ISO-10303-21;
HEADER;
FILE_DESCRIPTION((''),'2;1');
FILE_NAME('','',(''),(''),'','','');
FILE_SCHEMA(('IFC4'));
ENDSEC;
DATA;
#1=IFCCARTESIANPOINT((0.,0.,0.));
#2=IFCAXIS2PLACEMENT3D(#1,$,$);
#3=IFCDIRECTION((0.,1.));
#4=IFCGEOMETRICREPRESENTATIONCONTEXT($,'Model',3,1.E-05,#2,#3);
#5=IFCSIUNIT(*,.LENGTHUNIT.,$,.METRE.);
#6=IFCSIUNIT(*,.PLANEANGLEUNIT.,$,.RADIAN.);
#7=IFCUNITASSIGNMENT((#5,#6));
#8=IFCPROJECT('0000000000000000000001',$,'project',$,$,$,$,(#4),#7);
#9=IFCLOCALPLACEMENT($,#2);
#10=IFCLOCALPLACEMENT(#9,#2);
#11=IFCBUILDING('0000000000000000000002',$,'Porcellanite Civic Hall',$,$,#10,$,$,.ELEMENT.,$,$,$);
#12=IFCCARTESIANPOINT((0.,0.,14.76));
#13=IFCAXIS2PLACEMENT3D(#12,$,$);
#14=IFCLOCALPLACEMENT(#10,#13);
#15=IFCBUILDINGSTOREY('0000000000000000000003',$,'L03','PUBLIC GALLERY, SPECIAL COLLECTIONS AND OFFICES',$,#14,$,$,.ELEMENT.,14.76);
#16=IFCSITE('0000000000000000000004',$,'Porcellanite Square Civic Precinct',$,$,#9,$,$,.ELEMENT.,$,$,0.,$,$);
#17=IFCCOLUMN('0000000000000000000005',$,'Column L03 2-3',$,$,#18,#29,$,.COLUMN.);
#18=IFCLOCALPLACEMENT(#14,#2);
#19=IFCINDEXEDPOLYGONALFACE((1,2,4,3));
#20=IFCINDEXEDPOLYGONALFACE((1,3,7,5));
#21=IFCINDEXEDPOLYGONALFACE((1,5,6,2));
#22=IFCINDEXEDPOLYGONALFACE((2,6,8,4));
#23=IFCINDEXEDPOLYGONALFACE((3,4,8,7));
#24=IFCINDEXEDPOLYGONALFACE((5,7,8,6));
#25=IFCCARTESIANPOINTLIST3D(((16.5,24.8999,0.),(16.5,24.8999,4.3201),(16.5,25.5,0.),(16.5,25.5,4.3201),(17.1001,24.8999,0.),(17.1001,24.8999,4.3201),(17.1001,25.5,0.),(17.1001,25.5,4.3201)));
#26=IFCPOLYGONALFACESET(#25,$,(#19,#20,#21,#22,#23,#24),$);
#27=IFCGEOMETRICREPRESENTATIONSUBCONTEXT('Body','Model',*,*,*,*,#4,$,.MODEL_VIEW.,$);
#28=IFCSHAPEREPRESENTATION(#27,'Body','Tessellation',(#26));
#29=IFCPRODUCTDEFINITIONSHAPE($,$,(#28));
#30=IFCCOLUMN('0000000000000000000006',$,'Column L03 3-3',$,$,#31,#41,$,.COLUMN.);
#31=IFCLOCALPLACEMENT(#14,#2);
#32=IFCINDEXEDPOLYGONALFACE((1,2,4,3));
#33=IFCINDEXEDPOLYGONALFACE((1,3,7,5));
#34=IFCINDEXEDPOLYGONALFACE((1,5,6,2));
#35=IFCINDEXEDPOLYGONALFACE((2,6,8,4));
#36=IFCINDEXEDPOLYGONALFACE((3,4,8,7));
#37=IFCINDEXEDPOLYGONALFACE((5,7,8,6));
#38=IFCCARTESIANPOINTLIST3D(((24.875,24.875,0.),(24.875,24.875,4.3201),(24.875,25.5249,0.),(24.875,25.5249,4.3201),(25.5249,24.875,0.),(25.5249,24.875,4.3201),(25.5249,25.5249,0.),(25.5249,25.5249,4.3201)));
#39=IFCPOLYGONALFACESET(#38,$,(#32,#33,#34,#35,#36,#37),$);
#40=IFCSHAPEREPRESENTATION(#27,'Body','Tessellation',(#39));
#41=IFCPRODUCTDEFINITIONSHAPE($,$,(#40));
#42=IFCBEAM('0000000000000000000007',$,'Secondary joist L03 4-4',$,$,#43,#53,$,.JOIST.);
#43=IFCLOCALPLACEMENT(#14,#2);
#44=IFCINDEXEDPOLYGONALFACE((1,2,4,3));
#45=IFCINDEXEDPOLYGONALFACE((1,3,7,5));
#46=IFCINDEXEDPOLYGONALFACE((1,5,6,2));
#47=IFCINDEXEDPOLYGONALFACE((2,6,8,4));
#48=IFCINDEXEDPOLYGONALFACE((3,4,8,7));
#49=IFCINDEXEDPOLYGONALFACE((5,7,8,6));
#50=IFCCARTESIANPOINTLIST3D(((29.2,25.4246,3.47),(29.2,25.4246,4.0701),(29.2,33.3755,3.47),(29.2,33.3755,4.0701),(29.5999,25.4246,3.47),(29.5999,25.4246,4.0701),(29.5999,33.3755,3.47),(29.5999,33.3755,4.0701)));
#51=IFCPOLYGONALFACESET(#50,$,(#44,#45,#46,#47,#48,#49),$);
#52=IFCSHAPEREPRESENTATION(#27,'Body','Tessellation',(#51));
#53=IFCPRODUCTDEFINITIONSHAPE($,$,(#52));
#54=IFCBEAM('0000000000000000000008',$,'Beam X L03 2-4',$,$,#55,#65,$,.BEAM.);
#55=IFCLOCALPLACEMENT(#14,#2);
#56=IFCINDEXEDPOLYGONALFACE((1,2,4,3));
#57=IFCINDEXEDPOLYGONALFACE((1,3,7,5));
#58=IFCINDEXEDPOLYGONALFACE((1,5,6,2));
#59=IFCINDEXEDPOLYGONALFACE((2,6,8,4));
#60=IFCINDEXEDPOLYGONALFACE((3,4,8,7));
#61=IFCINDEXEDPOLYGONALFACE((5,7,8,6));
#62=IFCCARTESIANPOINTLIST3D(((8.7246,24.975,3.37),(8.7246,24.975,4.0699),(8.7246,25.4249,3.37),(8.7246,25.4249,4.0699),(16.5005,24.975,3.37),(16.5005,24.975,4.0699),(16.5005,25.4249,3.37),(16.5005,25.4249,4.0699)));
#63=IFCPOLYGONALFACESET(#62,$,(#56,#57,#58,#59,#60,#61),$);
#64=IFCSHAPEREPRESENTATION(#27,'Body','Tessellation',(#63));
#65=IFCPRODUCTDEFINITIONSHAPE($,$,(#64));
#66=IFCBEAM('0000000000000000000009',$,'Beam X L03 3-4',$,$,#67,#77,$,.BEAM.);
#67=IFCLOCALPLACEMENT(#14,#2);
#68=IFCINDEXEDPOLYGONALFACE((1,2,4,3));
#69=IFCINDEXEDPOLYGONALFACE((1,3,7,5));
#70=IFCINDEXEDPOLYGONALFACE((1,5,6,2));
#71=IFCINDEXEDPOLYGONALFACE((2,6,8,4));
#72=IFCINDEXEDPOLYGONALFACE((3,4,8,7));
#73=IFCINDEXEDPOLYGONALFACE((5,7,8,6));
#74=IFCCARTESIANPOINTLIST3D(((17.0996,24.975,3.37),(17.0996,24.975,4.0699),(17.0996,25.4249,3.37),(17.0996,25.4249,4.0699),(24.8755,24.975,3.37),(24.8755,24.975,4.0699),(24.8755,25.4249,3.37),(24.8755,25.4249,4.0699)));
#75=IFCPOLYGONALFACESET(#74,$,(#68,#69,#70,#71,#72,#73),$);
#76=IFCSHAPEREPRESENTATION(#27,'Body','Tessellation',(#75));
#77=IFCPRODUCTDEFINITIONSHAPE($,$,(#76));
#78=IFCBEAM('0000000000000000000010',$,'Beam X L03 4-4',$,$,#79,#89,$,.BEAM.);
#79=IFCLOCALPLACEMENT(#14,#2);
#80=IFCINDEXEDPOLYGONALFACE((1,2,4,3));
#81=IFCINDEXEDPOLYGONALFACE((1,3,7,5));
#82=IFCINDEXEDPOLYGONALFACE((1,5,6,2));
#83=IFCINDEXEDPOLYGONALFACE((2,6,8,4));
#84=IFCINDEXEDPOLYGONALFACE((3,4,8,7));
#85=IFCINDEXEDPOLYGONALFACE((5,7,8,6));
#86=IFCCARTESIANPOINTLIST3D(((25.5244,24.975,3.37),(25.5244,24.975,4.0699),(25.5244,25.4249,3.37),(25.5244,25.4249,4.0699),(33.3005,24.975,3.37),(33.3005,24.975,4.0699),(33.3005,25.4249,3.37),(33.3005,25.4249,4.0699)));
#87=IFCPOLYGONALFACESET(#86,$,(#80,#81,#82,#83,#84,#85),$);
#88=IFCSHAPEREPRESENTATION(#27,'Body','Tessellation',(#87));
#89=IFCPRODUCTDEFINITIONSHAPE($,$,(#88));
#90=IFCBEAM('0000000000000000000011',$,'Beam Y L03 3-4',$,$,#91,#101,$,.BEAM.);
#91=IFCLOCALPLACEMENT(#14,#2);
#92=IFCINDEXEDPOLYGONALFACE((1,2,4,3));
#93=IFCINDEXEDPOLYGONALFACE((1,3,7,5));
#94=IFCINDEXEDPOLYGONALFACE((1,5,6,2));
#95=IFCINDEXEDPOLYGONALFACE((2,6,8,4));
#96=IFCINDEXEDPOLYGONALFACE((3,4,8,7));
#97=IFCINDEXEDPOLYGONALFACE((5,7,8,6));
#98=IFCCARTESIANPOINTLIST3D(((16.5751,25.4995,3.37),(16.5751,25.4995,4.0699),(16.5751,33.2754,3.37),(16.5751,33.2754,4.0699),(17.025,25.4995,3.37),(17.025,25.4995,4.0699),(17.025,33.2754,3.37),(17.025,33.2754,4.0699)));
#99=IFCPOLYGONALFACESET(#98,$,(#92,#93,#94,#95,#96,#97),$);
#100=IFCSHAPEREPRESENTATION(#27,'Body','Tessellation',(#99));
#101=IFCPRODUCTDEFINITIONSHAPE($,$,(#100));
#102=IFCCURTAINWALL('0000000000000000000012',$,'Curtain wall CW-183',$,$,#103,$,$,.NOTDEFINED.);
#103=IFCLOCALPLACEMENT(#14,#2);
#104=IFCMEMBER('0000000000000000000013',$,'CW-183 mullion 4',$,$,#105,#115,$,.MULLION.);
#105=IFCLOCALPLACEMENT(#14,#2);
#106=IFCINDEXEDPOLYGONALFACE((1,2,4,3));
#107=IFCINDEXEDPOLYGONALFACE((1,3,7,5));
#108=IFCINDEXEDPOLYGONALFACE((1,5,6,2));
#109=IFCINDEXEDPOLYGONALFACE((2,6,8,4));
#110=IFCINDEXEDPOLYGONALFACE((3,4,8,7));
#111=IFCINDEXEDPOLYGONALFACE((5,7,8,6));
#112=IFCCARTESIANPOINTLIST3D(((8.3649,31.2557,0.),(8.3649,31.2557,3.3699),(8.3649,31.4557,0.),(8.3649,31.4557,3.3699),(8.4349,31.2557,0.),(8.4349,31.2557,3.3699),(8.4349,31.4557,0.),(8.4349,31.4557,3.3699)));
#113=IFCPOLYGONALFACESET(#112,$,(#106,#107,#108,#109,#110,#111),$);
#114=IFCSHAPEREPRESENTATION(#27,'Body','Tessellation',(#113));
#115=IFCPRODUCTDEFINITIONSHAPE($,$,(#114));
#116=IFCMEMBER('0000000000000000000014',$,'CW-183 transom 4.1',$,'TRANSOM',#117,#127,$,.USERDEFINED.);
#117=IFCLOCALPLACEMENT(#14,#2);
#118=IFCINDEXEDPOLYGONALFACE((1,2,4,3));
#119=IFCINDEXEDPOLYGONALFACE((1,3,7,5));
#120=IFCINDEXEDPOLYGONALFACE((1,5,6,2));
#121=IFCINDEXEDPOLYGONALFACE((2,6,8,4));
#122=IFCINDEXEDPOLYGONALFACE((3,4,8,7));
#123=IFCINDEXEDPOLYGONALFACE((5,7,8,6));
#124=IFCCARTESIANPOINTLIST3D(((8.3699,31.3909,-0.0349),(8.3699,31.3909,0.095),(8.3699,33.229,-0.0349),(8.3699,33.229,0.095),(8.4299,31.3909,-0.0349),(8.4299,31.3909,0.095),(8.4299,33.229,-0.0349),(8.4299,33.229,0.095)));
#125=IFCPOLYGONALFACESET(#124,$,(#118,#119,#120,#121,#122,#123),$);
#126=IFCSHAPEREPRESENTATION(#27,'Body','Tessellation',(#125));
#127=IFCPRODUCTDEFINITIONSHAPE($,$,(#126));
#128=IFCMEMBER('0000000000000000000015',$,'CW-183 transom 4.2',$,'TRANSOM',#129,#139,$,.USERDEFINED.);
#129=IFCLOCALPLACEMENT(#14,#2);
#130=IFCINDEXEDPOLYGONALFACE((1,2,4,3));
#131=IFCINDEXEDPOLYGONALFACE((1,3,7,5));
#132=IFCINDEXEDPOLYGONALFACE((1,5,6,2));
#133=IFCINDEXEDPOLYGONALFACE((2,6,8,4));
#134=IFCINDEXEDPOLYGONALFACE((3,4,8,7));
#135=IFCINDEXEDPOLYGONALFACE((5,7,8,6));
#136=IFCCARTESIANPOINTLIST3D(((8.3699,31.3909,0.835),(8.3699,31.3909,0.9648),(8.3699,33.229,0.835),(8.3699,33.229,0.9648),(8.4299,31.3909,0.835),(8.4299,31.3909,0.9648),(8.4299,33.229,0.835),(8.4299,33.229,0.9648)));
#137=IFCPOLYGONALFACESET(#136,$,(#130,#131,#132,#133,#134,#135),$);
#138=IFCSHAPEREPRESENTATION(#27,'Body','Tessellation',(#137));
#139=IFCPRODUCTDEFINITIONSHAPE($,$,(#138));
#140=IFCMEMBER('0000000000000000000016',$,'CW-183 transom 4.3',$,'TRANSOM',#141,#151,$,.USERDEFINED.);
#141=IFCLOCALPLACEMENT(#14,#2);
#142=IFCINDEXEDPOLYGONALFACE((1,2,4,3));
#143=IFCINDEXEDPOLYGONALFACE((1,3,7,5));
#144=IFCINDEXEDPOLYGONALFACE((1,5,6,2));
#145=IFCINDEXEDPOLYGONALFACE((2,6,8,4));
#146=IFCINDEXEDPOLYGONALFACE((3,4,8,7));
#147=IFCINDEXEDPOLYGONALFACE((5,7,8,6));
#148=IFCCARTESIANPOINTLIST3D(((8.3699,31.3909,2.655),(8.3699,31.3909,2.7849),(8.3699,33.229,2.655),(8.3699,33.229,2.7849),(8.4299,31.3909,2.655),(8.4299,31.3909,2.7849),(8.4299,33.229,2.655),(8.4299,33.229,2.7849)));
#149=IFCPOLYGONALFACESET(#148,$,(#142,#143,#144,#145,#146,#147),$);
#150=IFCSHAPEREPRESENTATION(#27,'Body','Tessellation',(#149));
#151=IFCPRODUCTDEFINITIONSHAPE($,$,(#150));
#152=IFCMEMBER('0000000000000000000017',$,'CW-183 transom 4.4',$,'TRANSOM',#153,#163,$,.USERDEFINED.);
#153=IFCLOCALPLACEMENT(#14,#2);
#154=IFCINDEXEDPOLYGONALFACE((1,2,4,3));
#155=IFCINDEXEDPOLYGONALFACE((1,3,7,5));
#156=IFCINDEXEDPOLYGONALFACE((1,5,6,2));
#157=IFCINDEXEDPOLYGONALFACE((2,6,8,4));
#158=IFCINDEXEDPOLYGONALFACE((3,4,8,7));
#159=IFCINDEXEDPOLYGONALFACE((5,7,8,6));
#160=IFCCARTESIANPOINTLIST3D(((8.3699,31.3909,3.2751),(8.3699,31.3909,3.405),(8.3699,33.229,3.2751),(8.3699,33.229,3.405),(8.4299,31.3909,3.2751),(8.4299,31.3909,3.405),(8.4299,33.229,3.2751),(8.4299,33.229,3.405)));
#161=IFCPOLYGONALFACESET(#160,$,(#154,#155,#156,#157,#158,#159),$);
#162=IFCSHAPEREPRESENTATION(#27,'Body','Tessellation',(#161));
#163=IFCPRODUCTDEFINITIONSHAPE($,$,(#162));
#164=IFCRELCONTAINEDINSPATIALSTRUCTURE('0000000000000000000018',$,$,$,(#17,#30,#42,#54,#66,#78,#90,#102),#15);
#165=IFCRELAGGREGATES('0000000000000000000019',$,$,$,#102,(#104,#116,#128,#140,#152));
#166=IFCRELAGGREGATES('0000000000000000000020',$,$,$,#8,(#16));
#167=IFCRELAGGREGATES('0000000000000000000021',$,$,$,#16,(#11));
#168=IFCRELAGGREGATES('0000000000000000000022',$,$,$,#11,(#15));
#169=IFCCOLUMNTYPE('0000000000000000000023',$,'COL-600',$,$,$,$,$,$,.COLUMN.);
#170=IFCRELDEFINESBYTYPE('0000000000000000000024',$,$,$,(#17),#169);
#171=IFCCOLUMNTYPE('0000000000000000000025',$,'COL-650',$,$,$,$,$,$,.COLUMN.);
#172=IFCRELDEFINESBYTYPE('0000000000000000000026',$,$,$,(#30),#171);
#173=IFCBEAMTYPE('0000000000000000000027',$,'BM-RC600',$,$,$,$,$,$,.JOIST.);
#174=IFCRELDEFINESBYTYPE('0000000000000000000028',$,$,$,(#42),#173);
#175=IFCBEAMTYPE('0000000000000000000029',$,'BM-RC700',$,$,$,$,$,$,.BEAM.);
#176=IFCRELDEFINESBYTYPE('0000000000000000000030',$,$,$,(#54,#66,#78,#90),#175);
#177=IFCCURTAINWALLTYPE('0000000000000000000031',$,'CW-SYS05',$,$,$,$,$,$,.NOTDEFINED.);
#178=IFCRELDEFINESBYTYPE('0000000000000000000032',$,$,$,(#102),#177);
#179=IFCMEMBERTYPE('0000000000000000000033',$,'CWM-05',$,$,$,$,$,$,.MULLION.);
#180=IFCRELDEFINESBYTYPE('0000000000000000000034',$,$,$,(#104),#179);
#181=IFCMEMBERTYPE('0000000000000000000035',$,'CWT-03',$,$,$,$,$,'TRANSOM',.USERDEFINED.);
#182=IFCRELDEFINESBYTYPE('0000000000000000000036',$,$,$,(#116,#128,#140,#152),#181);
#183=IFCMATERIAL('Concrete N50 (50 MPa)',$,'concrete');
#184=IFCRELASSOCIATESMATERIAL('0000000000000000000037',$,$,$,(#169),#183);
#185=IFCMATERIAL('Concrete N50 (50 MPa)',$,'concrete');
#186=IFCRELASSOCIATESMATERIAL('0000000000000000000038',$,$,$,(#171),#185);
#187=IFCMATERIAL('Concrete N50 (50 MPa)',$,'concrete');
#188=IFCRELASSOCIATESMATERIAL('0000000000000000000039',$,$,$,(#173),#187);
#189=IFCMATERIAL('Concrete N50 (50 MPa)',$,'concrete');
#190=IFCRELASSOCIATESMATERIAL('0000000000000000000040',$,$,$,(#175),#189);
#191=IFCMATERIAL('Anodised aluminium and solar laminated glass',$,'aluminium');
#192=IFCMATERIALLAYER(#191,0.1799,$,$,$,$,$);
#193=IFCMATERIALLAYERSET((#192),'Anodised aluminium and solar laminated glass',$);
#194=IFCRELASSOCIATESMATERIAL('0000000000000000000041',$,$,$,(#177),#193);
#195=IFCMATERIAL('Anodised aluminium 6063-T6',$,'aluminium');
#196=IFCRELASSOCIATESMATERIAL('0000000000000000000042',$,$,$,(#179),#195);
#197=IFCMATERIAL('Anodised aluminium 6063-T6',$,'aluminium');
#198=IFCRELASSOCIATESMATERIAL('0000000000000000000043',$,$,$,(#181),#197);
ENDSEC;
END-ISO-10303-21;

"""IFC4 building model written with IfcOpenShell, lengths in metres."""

from ifc_helpers import new_model, si_unit, direction, frame, origin, origin_2d, place, context, subcontext, project, spatial, rectangle, extrude, material, layer, layer_set, material_profile, profile_set, type_object, element, aggregate, save


model = new_model("IFC4")

# Units and contexts
model_context = context("Model", 3, precision=1e-05, world=origin(), true_north=direction((0.0, 1.0)))
body_context = subcontext(model_context, "Body", "Model", "MODEL_VIEW")
ifc_project = project(units=[si_unit("LENGTHUNIT", "METRE"), si_unit("PLANEANGLEUNIT", "RADIAN")], contexts=[model_context])

# Site, building, storey
site_placement = place(None, origin())
site = spatial("IfcSite", under=ifc_project, at=site_placement, Name="Porcellanite Square Civic Precinct", CompositionType="ELEMENT", RefElevation=0.0)
building_placement = place(site_placement, origin())
building = spatial("IfcBuilding", under=site, at=building_placement, Name="Porcellanite Civic Hall", CompositionType="ELEMENT")
storey_placement = place(building_placement, frame((0.0, 0.0, 14.76)))
storey = spatial("IfcBuildingStorey", under=building, at=storey_placement, Name="L03", Description="PUBLIC GALLERY, SPECIAL COLLECTIONS AND OFFICES", CompositionType="ELEMENT", Elevation=14.76)

# Columns
ifc_material_1 = material(Name="Concrete N50 (50 MPa)", Category="concrete")
ifc_material_profile_1 = material_profile(ifc_material_1, rectangle(XDim=0.6001, YDim=0.6001, at=origin_2d()), Name="RC-600x600")
ifc_profile_set_1 = profile_set([ifc_material_profile_1], Name="Concrete N50 (50 MPa)")
column_type_1 = type_object("IfcColumnType", Name="COL-600", PredefinedType="COLUMN", material=ifc_profile_set_1)
column_1_placement = place(storey_placement, frame((16.8, 25.2, 0.0), z_axis=(0.0, 0.0, 1.0), x_axis=(1.0, 0.0, 0.0)))
element("IfcColumn", 1, at=column_1_placement, inside=storey, type_object=column_type_1, Name="Column L03 2-3", PredefinedType="COLUMN", context=body_context, shape_type="SweptSolid", body=[
    extrude(rectangle(XDim=0.6001, YDim=0.6001, at=origin_2d()), origin(), (0.0, 0.0, 1.0), 4.3201),
])
ifc_material_2 = material(Name="Concrete N50 (50 MPa)", Category="concrete")
ifc_material_profile_2 = material_profile(ifc_material_2, rectangle(XDim=0.6499, YDim=0.6499, at=origin_2d()), Name="RC-650x650")
ifc_profile_set_2 = profile_set([ifc_material_profile_2], Name="Concrete N50 (50 MPa)")
column_type_2 = type_object("IfcColumnType", Name="COL-650", PredefinedType="COLUMN", material=ifc_profile_set_2)
column_2_placement = place(storey_placement, frame((25.2, 25.2, 0.0), z_axis=(0.0, 0.0, 1.0), x_axis=(1.0, 0.0, 0.0)))
element("IfcColumn", 2, at=column_2_placement, inside=storey, type_object=column_type_2, Name="Column L03 3-3", PredefinedType="COLUMN", context=body_context, shape_type="SweptSolid", body=[
    extrude(rectangle(XDim=0.6499, YDim=0.6499, at=origin_2d()), origin(), (0.0, 0.0, 1.0), 4.3201),
])

# Beams
ifc_material_3 = material(Name="Concrete N50 (50 MPa)", Category="concrete")
ifc_material_profile_3 = material_profile(ifc_material_3, rectangle(XDim=0.3999, YDim=0.6001, at=origin_2d()), Name="RC-400x600")
ifc_profile_set_3 = profile_set([ifc_material_profile_3], Name="Concrete N50 (50 MPa)")
beam_type_1 = type_object("IfcBeamType", Name="BM-RC600", PredefinedType="JOIST", material=ifc_profile_set_3)
beam_1_placement = place(storey_placement, frame((29.3999, 25.4246, 3.77), z_axis=(0.0, 1.0, 0.0), x_axis=(-1.0, 0.0, 0.0)))
element("IfcBeam", 3, at=beam_1_placement, inside=storey, type_object=beam_type_1, Name="Secondary joist L03 4-4", PredefinedType="JOIST", context=body_context, shape_type="SweptSolid", body=[
    extrude(rectangle(XDim=0.3999, YDim=0.6001, at=origin_2d()), origin(), (0.0, 0.0, 1.0), 7.9509),
])
ifc_material_4 = material(Name="Concrete N50 (50 MPa)", Category="concrete")
ifc_material_profile_4 = material_profile(ifc_material_4, rectangle(XDim=0.45, YDim=0.7, at=origin_2d()), Name="RC-450x700")
ifc_profile_set_4 = profile_set([ifc_material_profile_4], Name="Concrete N50 (50 MPa)")
beam_type_2 = type_object("IfcBeamType", Name="BM-RC700", PredefinedType="BEAM", material=ifc_profile_set_4)
for number, where, z_axis, x_axis, name in (
    (4, (8.7246, 25.2, 3.72), (1.0, 0.0, 0.0), (0.0, 1.0, 0.0), "Beam X L03 2-4"),
    (5, (17.0996, 25.2, 3.72), (1.0, 0.0, 0.0), (0.0, 1.0, 0.0), "Beam X L03 3-4"),
):
    element("IfcBeam", number, at=place(storey_placement, frame(where, z_axis=z_axis, x_axis=x_axis)), inside=storey, type_object=beam_type_2, Name=name, PredefinedType="BEAM", context=body_context, shape_type="SweptSolid", body=[
        extrude(rectangle(XDim=0.45, YDim=0.7, at=origin_2d()), origin(), (0.0, 0.0, 1.0), 7.7759),
    ])
beam_2_placement = place(storey_placement, frame((25.5244, 25.2, 3.72), z_axis=(1.0, 0.0, 0.0), x_axis=(0.0, 1.0, 0.0)))
element("IfcBeam", 6, at=beam_2_placement, inside=storey, type_object=beam_type_2, Name="Beam X L03 4-4", PredefinedType="BEAM", context=body_context, shape_type="SweptSolid", body=[
    extrude(rectangle(XDim=0.45, YDim=0.7, at=origin_2d()), origin(), (0.0, 0.0, 1.0), 7.7761),
])
beam_3_placement = place(storey_placement, frame((16.8, 25.4995, 3.72), z_axis=(0.0, 1.0, 0.0), x_axis=(-1.0, 0.0, 0.0)))
element("IfcBeam", 7, at=beam_3_placement, inside=storey, type_object=beam_type_2, Name="Beam Y L03 3-4", PredefinedType="BEAM", context=body_context, shape_type="SweptSolid", body=[
    extrude(rectangle(XDim=0.45, YDim=0.7, at=origin_2d()), origin(), (0.0, 0.0, 1.0), 7.7759),
])

# Curtain wall, members
ifc_material_5 = material(Name="Anodised aluminium and solar laminated glass", Category="aluminium")
ifc_layer_1 = layer(ifc_material_5, 0.1799)
ifc_layer_set_1 = layer_set([ifc_layer_1], Name="Anodised aluminium and solar laminated glass")
curtain_wall_type = type_object("IfcCurtainWallType", Name="CW-SYS05", PredefinedType="NOTDEFINED", material=ifc_layer_set_1)
curtain_wall_placement = place(storey_placement, origin())
curtain_wall = element("IfcCurtainWall", 8, at=curtain_wall_placement, inside=storey, type_object=curtain_wall_type, Name="Curtain wall CW-183", PredefinedType="NOTDEFINED")
ifc_material_6 = material(Name="Anodised aluminium 6063-T6", Category="aluminium")
ifc_material_profile_5 = material_profile(ifc_material_6, rectangle(XDim=0.0701, YDim=0.2, at=origin_2d()), Name="AL-70x200")
ifc_profile_set_5 = profile_set([ifc_material_profile_5], Name="Anodised aluminium 6063-T6")
member_type_1 = type_object("IfcMemberType", Name="CWM-05", PredefinedType="MULLION", material=ifc_profile_set_5)
member_1_placement = place(storey_placement, frame((8.3999, 31.3557, 0.0), z_axis=(0.0, 0.0, 1.0), x_axis=(-1.0, 0.0, 0.0)))
member_1 = element("IfcMember", 9, at=member_1_placement, type_object=member_type_1, Name="CW-183 mullion 4", PredefinedType="MULLION", context=body_context, shape_type="SweptSolid", body=[
    extrude(rectangle(XDim=0.0701, YDim=0.2, at=origin_2d()), origin(), (0.0, 0.0, 1.0), 3.3699),
])
ifc_material_7 = material(Name="Anodised aluminium 6063-T6", Category="aluminium")
ifc_material_profile_6 = material_profile(ifc_material_7, rectangle(XDim=0.0601, YDim=0.1299, at=origin_2d()), Name="AL-60x130")
ifc_profile_set_6 = profile_set([ifc_material_profile_6], Name="Anodised aluminium 6063-T6")
member_type_2 = type_object("IfcMemberType", Name="CWT-03", ElementType="TRANSOM", PredefinedType="USERDEFINED", material=ifc_profile_set_6)
member_2_placement = place(storey_placement, frame((8.3999, 31.3909, 0.03), z_axis=(0.0, 1.0, 0.0), x_axis=(-1.0, 0.0, 0.0)))
member_2 = element("IfcMember", 10, at=member_2_placement, type_object=member_type_2, Name="CW-183 transom 4.1", ObjectType="TRANSOM", PredefinedType="USERDEFINED", context=body_context, shape_type="SweptSolid", body=[
    extrude(rectangle(XDim=0.0601, YDim=0.1299, at=origin_2d()), origin(), (0.0, 0.0, 1.0), 1.8381),
])
member_3_placement = place(storey_placement, frame((8.3999, 31.3909, 0.8999), z_axis=(0.0, 1.0, 0.0), x_axis=(-1.0, 0.0, 0.0)))
member_3 = element("IfcMember", 11, at=member_3_placement, type_object=member_type_2, Name="CW-183 transom 4.2", ObjectType="TRANSOM", PredefinedType="USERDEFINED", context=body_context, shape_type="SweptSolid", body=[
    extrude(rectangle(XDim=0.0601, YDim=0.1299, at=origin_2d()), origin(), (0.0, 0.0, 1.0), 1.8381),
])
member_4_placement = place(storey_placement, frame((8.3999, 31.3909, 2.72), z_axis=(0.0, 1.0, 0.0), x_axis=(-1.0, 0.0, 0.0)))
member_4 = element("IfcMember", 12, at=member_4_placement, type_object=member_type_2, Name="CW-183 transom 4.3", ObjectType="TRANSOM", PredefinedType="USERDEFINED", context=body_context, shape_type="SweptSolid", body=[
    extrude(rectangle(XDim=0.0601, YDim=0.1299, at=origin_2d()), origin(), (0.0, 0.0, 1.0), 1.8381),
])
member_5_placement = place(storey_placement, frame((8.3999, 31.3909, 3.3401), z_axis=(0.0, 1.0, 0.0), x_axis=(-1.0, 0.0, 0.0)))
member_5 = element("IfcMember", 13, at=member_5_placement, type_object=member_type_2, Name="CW-183 transom 4.4", ObjectType="TRANSOM", PredefinedType="USERDEFINED", context=body_context, shape_type="SweptSolid", body=[
    extrude(rectangle(XDim=0.0601, YDim=0.1299, at=origin_2d()), origin(), (0.0, 0.0, 1.0), 1.8381),
])

aggregate(curtain_wall, [member_1, member_2, member_3, member_4, member_5])

save(model, "model.ifc")
